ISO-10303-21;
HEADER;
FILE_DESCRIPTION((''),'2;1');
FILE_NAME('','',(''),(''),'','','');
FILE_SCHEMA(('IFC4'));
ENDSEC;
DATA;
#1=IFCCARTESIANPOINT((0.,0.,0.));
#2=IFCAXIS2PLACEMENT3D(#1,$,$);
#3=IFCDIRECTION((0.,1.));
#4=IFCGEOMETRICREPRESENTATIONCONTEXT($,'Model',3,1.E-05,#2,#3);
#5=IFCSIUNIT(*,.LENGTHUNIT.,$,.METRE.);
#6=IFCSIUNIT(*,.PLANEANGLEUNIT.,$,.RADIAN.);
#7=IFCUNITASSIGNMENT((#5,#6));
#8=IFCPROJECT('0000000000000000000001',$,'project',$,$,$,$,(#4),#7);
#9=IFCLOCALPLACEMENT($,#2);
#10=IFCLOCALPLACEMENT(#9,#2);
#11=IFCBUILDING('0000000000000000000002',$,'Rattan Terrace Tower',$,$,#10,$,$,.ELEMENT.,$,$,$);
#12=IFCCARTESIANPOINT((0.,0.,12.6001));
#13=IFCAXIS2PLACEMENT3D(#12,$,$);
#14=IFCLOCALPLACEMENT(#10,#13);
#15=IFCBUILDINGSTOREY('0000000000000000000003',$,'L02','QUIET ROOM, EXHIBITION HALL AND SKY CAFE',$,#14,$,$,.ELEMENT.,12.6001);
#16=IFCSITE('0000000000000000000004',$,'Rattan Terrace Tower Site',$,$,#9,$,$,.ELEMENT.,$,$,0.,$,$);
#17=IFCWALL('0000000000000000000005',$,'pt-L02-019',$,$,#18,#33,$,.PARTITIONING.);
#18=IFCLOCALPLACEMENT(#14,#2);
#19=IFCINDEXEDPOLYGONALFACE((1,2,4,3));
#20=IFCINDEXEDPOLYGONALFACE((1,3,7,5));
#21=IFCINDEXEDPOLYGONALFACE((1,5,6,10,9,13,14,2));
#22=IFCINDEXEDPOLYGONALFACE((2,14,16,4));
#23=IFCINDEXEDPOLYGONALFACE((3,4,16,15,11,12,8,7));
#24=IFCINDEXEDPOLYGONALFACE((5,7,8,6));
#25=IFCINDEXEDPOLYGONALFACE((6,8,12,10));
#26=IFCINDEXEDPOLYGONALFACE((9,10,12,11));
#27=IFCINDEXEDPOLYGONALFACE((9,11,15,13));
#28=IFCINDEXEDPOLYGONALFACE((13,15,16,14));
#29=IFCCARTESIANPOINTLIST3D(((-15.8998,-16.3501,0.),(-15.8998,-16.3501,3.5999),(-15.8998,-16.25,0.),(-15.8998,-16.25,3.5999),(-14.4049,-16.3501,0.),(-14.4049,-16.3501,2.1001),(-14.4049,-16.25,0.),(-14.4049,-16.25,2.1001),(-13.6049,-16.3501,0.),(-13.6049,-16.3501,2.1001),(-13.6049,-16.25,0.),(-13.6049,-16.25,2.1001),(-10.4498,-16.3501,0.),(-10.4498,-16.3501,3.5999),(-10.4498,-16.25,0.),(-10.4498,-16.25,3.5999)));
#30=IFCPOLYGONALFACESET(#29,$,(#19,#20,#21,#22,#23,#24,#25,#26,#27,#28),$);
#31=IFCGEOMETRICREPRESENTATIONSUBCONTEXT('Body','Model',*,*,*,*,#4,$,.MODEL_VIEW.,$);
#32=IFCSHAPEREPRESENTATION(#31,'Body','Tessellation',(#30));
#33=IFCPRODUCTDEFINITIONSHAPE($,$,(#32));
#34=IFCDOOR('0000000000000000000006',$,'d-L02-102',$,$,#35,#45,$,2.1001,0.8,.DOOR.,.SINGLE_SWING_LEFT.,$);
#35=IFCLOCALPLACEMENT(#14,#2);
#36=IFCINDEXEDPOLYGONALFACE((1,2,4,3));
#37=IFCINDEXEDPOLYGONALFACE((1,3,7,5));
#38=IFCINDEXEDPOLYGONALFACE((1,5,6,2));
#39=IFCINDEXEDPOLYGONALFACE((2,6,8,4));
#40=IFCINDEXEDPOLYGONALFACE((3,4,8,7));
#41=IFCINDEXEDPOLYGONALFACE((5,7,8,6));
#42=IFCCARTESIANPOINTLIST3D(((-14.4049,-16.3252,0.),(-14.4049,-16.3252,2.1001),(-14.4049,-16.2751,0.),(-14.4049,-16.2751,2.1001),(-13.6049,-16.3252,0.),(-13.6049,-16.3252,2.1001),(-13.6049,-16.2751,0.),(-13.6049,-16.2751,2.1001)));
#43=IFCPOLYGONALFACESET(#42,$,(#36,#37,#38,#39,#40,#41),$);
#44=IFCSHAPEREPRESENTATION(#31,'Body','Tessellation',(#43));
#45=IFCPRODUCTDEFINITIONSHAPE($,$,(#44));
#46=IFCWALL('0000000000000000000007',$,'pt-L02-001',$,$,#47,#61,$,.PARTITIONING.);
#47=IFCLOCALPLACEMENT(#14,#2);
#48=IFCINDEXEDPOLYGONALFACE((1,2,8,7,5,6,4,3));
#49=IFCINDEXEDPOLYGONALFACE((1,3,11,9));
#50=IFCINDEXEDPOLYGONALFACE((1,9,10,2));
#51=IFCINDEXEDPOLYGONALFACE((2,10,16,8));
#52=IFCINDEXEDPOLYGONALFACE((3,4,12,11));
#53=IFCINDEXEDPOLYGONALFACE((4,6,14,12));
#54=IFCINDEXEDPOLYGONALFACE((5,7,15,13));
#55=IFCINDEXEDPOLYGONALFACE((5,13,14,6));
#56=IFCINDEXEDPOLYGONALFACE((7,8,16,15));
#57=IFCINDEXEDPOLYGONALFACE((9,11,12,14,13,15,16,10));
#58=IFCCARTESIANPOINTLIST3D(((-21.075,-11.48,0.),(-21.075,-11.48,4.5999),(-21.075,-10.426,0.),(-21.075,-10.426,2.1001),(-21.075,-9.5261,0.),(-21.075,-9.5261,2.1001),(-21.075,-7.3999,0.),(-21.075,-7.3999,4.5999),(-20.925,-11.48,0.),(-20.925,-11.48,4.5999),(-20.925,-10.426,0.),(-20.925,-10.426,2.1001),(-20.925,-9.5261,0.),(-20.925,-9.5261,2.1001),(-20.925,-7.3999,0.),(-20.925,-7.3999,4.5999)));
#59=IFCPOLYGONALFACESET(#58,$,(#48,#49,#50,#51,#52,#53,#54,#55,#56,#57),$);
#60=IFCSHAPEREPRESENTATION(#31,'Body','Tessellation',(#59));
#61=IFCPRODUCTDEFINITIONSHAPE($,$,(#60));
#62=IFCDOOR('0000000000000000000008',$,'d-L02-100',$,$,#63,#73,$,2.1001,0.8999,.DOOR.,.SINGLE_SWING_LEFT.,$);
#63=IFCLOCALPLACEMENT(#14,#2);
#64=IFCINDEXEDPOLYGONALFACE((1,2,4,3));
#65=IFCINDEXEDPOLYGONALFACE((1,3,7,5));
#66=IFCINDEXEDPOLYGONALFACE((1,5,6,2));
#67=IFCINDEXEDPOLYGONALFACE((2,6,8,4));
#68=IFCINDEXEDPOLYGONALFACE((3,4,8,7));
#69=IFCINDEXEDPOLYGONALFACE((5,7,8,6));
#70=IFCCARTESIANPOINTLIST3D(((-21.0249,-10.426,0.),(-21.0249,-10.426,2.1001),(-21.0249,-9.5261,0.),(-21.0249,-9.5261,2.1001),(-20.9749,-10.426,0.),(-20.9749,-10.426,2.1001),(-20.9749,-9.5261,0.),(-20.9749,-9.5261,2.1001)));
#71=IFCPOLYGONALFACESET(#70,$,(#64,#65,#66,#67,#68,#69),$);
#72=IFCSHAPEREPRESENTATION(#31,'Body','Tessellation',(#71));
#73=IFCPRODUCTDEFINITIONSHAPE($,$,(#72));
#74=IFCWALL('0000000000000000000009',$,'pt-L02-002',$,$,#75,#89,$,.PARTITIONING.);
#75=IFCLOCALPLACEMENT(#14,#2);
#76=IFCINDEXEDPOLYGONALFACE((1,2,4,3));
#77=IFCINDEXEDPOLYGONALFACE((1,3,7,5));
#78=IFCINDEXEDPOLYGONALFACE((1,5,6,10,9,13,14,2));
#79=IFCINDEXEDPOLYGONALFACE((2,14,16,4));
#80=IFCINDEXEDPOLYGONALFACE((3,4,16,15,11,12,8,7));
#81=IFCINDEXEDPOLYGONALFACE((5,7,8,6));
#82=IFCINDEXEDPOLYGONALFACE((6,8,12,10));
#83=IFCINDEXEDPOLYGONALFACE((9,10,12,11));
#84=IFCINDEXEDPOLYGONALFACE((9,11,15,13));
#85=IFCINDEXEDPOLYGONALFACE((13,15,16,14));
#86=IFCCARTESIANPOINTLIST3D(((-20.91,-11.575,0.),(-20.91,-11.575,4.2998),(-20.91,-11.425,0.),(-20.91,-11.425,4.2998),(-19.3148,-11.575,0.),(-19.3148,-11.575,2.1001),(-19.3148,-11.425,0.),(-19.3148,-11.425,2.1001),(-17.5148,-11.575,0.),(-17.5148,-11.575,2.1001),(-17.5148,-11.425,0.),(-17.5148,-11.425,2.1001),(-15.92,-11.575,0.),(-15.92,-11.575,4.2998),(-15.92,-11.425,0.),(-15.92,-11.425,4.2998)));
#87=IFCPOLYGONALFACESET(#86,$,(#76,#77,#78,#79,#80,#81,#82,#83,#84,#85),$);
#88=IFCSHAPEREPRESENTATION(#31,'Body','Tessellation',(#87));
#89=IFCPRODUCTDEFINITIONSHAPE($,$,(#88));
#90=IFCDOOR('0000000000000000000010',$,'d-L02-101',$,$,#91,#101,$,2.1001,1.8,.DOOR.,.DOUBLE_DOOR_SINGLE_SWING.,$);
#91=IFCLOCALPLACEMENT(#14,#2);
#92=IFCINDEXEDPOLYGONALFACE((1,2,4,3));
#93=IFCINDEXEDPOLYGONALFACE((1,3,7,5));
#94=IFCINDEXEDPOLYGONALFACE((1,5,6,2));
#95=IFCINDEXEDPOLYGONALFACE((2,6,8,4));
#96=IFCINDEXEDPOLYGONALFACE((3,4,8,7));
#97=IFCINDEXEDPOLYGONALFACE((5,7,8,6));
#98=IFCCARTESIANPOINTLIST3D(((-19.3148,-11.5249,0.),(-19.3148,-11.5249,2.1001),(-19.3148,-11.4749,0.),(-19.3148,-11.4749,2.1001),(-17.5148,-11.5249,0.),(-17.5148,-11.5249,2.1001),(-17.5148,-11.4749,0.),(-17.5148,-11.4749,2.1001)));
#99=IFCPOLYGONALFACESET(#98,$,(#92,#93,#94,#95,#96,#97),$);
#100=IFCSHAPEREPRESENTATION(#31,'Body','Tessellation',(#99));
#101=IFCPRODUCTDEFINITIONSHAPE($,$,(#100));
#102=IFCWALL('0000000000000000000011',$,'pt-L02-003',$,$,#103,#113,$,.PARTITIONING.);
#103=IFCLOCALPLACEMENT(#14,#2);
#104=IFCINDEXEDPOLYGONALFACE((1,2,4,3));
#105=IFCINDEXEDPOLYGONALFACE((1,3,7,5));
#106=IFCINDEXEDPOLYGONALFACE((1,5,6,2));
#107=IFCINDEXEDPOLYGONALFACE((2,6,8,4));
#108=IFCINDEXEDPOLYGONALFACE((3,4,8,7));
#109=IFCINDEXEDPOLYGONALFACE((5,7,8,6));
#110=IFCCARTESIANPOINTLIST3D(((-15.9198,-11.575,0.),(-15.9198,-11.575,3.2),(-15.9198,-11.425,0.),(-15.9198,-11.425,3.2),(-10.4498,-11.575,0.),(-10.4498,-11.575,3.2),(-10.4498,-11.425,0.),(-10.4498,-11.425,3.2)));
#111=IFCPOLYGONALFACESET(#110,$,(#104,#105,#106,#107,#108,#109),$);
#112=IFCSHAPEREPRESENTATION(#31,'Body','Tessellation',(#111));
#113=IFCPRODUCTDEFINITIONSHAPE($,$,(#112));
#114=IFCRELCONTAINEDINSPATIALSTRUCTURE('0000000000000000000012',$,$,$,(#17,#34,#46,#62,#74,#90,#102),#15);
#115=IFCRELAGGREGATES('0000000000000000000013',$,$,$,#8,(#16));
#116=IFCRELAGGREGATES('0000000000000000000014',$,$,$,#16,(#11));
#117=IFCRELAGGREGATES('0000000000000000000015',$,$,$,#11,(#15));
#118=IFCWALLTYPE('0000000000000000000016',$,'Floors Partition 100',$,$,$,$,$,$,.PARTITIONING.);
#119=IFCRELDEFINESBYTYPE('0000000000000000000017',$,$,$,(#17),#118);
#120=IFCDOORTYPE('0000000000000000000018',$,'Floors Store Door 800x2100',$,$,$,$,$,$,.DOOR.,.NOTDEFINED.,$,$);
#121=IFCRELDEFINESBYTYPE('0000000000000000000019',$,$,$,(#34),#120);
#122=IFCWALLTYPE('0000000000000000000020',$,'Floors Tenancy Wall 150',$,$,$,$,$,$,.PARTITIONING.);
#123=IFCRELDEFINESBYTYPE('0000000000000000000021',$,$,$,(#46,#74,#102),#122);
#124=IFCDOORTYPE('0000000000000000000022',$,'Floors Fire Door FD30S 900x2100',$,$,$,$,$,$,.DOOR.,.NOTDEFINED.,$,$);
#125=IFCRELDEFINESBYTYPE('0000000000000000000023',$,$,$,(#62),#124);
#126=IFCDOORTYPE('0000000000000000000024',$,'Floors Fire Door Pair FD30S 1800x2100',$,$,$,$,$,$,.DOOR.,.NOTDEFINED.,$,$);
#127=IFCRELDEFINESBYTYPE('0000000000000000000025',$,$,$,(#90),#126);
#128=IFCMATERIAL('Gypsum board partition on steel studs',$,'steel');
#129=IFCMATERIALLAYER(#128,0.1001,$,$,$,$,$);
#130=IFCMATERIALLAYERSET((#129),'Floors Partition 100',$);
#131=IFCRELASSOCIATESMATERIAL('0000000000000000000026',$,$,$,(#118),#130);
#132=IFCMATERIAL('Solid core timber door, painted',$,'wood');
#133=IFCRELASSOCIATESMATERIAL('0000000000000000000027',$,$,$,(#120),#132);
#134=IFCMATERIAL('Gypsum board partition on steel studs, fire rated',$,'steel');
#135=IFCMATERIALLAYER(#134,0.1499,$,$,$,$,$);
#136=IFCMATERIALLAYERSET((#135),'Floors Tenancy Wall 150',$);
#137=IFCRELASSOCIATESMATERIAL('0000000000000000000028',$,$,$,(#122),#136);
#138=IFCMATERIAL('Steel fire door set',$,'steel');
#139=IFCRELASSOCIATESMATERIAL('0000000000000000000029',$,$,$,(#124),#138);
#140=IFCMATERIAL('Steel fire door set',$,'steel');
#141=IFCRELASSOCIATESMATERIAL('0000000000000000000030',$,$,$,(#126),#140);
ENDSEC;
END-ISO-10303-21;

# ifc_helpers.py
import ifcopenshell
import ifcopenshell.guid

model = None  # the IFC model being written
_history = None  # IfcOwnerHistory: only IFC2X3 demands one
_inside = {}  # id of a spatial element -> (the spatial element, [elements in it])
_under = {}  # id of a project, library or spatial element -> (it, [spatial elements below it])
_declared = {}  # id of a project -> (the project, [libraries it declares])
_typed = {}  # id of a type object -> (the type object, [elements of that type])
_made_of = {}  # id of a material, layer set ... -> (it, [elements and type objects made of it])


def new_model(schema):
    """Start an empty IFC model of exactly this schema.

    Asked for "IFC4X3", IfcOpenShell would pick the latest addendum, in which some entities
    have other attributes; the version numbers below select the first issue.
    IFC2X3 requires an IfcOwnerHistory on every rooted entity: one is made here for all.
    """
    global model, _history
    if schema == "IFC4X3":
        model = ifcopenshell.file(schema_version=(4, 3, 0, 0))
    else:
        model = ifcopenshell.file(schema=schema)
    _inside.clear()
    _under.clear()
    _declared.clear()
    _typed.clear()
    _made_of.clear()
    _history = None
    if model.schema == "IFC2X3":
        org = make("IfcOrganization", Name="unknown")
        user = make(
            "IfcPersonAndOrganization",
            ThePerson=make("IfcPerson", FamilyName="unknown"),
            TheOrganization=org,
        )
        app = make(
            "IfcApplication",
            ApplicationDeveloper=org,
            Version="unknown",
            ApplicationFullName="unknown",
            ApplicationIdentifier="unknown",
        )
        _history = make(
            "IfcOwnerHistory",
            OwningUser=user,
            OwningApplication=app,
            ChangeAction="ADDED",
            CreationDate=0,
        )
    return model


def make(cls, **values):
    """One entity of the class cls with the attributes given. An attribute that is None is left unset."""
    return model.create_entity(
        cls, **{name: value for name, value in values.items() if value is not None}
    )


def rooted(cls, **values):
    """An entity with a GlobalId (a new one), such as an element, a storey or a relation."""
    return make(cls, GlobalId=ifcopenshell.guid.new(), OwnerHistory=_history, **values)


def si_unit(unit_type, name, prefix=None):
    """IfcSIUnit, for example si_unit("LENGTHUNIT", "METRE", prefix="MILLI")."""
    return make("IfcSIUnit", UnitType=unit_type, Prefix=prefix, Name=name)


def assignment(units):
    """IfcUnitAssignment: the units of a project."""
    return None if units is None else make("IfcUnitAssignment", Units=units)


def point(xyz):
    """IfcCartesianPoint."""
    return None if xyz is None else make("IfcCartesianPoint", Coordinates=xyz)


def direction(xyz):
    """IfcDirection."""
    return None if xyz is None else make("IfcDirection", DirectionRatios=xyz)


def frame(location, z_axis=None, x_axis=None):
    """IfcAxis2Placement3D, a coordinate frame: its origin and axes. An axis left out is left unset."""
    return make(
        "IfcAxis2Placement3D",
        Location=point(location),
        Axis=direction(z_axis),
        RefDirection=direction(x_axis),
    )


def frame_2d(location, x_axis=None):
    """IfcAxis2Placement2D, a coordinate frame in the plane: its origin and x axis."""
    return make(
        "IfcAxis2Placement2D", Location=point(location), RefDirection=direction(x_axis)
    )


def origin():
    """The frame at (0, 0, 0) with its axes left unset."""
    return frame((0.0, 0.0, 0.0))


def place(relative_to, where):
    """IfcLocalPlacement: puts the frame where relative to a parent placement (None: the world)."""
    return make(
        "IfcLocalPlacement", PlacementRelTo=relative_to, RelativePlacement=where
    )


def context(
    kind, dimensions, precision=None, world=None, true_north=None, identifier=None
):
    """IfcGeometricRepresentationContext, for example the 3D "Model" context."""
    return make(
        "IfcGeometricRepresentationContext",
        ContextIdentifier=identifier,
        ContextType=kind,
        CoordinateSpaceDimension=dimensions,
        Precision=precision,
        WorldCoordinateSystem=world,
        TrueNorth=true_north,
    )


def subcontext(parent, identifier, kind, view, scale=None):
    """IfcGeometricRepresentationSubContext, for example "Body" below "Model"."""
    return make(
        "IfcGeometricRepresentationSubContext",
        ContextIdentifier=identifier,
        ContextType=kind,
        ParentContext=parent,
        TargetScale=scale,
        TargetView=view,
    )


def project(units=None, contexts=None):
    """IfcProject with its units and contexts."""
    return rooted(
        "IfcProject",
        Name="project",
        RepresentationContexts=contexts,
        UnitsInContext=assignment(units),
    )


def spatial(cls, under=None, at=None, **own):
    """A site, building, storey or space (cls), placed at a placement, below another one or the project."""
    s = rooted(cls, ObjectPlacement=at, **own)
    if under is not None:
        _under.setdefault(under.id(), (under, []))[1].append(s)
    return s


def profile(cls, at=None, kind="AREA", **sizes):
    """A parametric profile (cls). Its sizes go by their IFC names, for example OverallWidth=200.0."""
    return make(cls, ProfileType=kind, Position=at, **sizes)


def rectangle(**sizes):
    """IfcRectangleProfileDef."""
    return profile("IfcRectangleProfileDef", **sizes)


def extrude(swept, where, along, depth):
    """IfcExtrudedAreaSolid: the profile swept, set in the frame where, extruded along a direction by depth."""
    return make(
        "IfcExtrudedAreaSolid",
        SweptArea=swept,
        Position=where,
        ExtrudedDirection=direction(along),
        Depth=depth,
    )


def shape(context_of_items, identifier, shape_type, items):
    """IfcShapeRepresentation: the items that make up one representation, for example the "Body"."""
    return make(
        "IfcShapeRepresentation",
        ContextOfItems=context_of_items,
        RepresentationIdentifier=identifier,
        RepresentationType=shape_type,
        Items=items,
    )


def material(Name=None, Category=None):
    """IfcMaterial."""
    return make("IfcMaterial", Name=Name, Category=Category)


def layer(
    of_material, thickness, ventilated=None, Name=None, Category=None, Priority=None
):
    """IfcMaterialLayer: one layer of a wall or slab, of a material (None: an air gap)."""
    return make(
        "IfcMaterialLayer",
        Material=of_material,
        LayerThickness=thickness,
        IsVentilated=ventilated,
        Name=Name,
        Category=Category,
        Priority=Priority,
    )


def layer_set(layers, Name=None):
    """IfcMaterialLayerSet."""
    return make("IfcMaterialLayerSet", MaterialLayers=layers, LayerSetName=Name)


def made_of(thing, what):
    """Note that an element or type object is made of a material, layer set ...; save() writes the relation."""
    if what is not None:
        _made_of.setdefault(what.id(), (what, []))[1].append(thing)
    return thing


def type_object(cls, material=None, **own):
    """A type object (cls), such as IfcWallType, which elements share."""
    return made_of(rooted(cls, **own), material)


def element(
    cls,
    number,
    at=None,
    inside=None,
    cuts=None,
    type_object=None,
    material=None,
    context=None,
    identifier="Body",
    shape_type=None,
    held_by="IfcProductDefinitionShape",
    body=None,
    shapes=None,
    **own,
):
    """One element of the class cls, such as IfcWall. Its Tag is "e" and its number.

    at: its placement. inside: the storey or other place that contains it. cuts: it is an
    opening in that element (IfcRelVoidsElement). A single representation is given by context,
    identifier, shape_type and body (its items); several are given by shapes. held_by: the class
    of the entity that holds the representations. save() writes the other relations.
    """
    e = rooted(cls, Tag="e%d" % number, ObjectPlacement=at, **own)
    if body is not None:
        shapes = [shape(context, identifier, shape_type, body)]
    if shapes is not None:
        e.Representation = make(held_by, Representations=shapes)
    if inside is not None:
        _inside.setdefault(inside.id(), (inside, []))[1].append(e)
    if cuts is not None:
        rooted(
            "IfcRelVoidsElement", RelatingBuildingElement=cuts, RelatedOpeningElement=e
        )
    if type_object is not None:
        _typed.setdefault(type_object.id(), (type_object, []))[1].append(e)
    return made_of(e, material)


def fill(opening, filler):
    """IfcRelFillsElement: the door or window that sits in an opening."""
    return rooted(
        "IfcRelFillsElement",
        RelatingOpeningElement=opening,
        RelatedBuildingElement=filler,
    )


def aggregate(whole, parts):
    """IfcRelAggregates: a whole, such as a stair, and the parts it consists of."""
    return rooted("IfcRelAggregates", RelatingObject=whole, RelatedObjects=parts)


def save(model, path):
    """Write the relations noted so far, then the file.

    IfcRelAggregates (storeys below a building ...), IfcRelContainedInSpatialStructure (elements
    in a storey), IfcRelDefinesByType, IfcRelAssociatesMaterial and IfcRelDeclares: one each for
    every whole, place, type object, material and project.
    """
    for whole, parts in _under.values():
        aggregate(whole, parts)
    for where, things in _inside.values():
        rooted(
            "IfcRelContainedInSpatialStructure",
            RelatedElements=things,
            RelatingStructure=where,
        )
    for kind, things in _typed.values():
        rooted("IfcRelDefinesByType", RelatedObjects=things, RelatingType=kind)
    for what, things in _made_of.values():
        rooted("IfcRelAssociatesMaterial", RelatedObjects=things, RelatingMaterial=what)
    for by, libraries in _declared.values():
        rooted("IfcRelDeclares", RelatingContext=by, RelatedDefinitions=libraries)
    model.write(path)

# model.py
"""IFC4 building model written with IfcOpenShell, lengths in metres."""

from ifc_helpers import new_model, si_unit, direction, frame, frame_2d, origin, place, context, subcontext, project, spatial, rectangle, extrude, material, layer, layer_set, type_object, element, fill, save


model = new_model("IFC4")

# Units and contexts
model_context = context("Model", 3, precision=1e-05, world=origin(), true_north=direction((0.0, 1.0)))
body_context = subcontext(model_context, "Body", "Model", "MODEL_VIEW")
ifc_project = project(units=[si_unit("LENGTHUNIT", "METRE"), si_unit("PLANEANGLEUNIT", "RADIAN")], contexts=[model_context])

# Site, building, storey
site_placement = place(None, origin())
site = spatial("IfcSite", under=ifc_project, at=site_placement, Name="Rattan Terrace Tower Site", CompositionType="ELEMENT", RefElevation=0.0)
building_placement = place(site_placement, origin())
building = spatial("IfcBuilding", under=site, at=building_placement, Name="Rattan Terrace Tower", CompositionType="ELEMENT")
storey_placement = place(building_placement, frame((0.0, 0.0, 12.6001)))
storey = spatial("IfcBuildingStorey", under=building, at=storey_placement, Name="L02", Description="QUIET ROOM, EXHIBITION HALL AND SKY CAFE", CompositionType="ELEMENT", Elevation=12.6001)

# Shared definitions
ifc_material_1 = material(Name="Gypsum board partition on steel studs", Category="steel")
ifc_layer_1 = layer(ifc_material_1, 0.1001)
ifc_layer_set_1 = layer_set([ifc_layer_1], Name="Floors Partition 100")
wall_type_1 = type_object("IfcWallType", Name="Floors Partition 100", PredefinedType="PARTITIONING", material=ifc_layer_set_1)

# Walls, openings, doors
wall_1_placement = place(storey_placement, frame((-15.8999, -16.3, 0.0), z_axis=(0.0, 0.0, 1.0), x_axis=(1.0, 0.0, 0.0)))
wall_1 = element("IfcWall", 1, at=wall_1_placement, inside=storey, type_object=wall_type_1, Name="pt-L02-019", PredefinedType="PARTITIONING", context=body_context, shape_type="SweptSolid", body=[
    extrude(rectangle(XDim=5.45, YDim=0.1001, at=frame_2d((2.7251, 0.0))), origin(), (0.0, 0.0, 1.0), 3.5999),
])
opening_1_placement = place(wall_1_placement, frame((1.4951, 0.0, 0.0)))
opening_1 = element("IfcOpeningElement", 2, at=opening_1_placement, cuts=wall_1, PredefinedType="OPENING", context=body_context, shape_type="SweptSolid", body=[
    extrude(rectangle(XDim=0.8, YDim=2.1001, at=frame_2d((0.3999, 1.05))), frame((0.0, 0.0605, 0.0), z_axis=(0.0, -1.0, 0.0), x_axis=(1.0, 0.0, 0.0)), (0.0, 0.0, 1.0), 0.1211),
])
ifc_material_2 = material(Name="Solid core timber door, painted", Category="wood")
door_type_1 = type_object("IfcDoorType", Name="Floors Store Door 800x2100", OperationType="NOTDEFINED", PredefinedType="DOOR", material=ifc_material_2)
door_1_placement = place(opening_1_placement, origin())
door_1 = element("IfcDoor", 3, at=door_1_placement, inside=storey, type_object=door_type_1, Name="d-L02-102", OperationType="SINGLE_SWING_LEFT", OverallHeight=2.1001, OverallWidth=0.8, PredefinedType="DOOR", context=body_context, shape_type="SweptSolid", body=[
    extrude(rectangle(XDim=0.8, YDim=2.1001, at=frame_2d((0.3999, 1.05))), frame((0.0, 0.0249, 0.0), z_axis=(0.0, -1.0, 0.0), x_axis=(1.0, 0.0, 0.0)), (0.0, 0.0, 1.0), 0.05),
])
fill(opening_1, door_1)
ifc_material_3 = material(Name="Gypsum board partition on steel studs, fire rated", Category="steel")
ifc_layer_2 = layer(ifc_material_3, 0.1499)
ifc_layer_set_2 = layer_set([ifc_layer_2], Name="Floors Tenancy Wall 150")
wall_type_2 = type_object("IfcWallType", Name="Floors Tenancy Wall 150", PredefinedType="PARTITIONING", material=ifc_layer_set_2)
wall_2_placement = place(storey_placement, frame((-21.0, -11.48, 0.0), z_axis=(0.0, 0.0, 1.0), x_axis=(0.0, 1.0, 0.0)))
wall_2 = element("IfcWall", 4, at=wall_2_placement, inside=storey, type_object=wall_type_2, Name="pt-L02-001", PredefinedType="PARTITIONING", context=body_context, shape_type="SweptSolid", body=[
    extrude(rectangle(XDim=4.0801, YDim=0.1499, at=frame_2d((2.04, 0.0))), origin(), (0.0, 0.0, 1.0), 4.5999),
])
opening_2_placement = place(wall_2_placement, frame((1.054, 0.0, 0.0)))
opening_2 = element("IfcOpeningElement", 5, at=opening_2_placement, cuts=wall_2, PredefinedType="OPENING", context=body_context, shape_type="SweptSolid", body=[
    extrude(rectangle(XDim=0.8999, YDim=2.1001, at=frame_2d((0.45, 1.05))), frame((0.0, 0.0854, 0.0), z_axis=(0.0, -1.0, 0.0), x_axis=(1.0, 0.0, 0.0)), (0.0, 0.0, 1.0), 0.1709),
])
ifc_material_4 = material(Name="Steel fire door set", Category="steel")
door_type_2 = type_object("IfcDoorType", Name="Floors Fire Door FD30S 900x2100", OperationType="NOTDEFINED", PredefinedType="DOOR", material=ifc_material_4)
door_2_placement = place(opening_2_placement, origin())
door_2 = element("IfcDoor", 6, at=door_2_placement, inside=storey, type_object=door_type_2, Name="d-L02-100", OperationType="SINGLE_SWING_LEFT", OverallHeight=2.1001, OverallWidth=0.8999, PredefinedType="DOOR", context=body_context, shape_type="SweptSolid", body=[
    extrude(rectangle(XDim=0.8999, YDim=2.1001, at=frame_2d((0.45, 1.05))), frame((0.0, 0.0249, 0.0), z_axis=(0.0, -1.0, 0.0), x_axis=(1.0, 0.0, 0.0)), (0.0, 0.0, 1.0), 0.05),
])
fill(opening_2, door_2)
wall_3_placement = place(storey_placement, frame((-15.9199, -11.5, 0.0), z_axis=(0.0, 0.0, 1.0), x_axis=(-1.0, 0.0, 0.0)))
wall_3 = element("IfcWall", 7, at=wall_3_placement, inside=storey, type_object=wall_type_2, Name="pt-L02-002", PredefinedType="PARTITIONING", context=body_context, shape_type="SweptSolid", body=[
    extrude(rectangle(XDim=4.99, YDim=0.1499, at=frame_2d((2.4951, 0.0))), origin(), (0.0, 0.0, 1.0), 4.2998),
])
opening_3_placement = place(wall_3_placement, frame((1.595, 0.0, 0.0)))
opening_3 = element("IfcOpeningElement", 8, at=opening_3_placement, cuts=wall_3, PredefinedType="OPENING", context=body_context, shape_type="SweptSolid", body=[
    extrude(rectangle(XDim=1.8, YDim=2.1001, at=frame_2d((0.8999, 1.05))), frame((0.0, 0.0854, 0.0), z_axis=(0.0, -1.0, 0.0), x_axis=(1.0, 0.0, 0.0)), (0.0, 0.0, 1.0), 0.1709),
])
ifc_material_5 = material(Name="Steel fire door set", Category="steel")
door_type_3 = type_object("IfcDoorType", Name="Floors Fire Door Pair FD30S 1800x2100", OperationType="NOTDEFINED", PredefinedType="DOOR", material=ifc_material_5)
door_3_placement = place(opening_3_placement, origin())
door_3 = element("IfcDoor", 9, at=door_3_placement, inside=storey, type_object=door_type_3, Name="d-L02-101", OperationType="DOUBLE_DOOR_SINGLE_SWING", OverallHeight=2.1001, OverallWidth=1.8, PredefinedType="DOOR", context=body_context, shape_type="SweptSolid", body=[
    extrude(rectangle(XDim=1.8, YDim=2.1001, at=frame_2d((0.8999, 1.05))), frame((0.0, 0.0249, 0.0), z_axis=(0.0, -1.0, 0.0), x_axis=(1.0, 0.0, 0.0)), (0.0, 0.0, 1.0), 0.05),
])
fill(opening_3, door_3)

# Wall
wall_4_placement = place(storey_placement, frame((-10.45, -11.5, 0.0), z_axis=(0.0, 0.0, 1.0), x_axis=(-1.0, 0.0, 0.0)))
element("IfcWall", 10, at=wall_4_placement, inside=storey, type_object=wall_type_2, Name="pt-L02-003", PredefinedType="PARTITIONING", context=body_context, shape_type="SweptSolid", body=[
    extrude(rectangle(XDim=5.47, YDim=0.1499, at=frame_2d((2.7349, 0.0))), origin(), (0.0, 0.0, 1.0), 3.2),
])

save(model, "model.ifc")
